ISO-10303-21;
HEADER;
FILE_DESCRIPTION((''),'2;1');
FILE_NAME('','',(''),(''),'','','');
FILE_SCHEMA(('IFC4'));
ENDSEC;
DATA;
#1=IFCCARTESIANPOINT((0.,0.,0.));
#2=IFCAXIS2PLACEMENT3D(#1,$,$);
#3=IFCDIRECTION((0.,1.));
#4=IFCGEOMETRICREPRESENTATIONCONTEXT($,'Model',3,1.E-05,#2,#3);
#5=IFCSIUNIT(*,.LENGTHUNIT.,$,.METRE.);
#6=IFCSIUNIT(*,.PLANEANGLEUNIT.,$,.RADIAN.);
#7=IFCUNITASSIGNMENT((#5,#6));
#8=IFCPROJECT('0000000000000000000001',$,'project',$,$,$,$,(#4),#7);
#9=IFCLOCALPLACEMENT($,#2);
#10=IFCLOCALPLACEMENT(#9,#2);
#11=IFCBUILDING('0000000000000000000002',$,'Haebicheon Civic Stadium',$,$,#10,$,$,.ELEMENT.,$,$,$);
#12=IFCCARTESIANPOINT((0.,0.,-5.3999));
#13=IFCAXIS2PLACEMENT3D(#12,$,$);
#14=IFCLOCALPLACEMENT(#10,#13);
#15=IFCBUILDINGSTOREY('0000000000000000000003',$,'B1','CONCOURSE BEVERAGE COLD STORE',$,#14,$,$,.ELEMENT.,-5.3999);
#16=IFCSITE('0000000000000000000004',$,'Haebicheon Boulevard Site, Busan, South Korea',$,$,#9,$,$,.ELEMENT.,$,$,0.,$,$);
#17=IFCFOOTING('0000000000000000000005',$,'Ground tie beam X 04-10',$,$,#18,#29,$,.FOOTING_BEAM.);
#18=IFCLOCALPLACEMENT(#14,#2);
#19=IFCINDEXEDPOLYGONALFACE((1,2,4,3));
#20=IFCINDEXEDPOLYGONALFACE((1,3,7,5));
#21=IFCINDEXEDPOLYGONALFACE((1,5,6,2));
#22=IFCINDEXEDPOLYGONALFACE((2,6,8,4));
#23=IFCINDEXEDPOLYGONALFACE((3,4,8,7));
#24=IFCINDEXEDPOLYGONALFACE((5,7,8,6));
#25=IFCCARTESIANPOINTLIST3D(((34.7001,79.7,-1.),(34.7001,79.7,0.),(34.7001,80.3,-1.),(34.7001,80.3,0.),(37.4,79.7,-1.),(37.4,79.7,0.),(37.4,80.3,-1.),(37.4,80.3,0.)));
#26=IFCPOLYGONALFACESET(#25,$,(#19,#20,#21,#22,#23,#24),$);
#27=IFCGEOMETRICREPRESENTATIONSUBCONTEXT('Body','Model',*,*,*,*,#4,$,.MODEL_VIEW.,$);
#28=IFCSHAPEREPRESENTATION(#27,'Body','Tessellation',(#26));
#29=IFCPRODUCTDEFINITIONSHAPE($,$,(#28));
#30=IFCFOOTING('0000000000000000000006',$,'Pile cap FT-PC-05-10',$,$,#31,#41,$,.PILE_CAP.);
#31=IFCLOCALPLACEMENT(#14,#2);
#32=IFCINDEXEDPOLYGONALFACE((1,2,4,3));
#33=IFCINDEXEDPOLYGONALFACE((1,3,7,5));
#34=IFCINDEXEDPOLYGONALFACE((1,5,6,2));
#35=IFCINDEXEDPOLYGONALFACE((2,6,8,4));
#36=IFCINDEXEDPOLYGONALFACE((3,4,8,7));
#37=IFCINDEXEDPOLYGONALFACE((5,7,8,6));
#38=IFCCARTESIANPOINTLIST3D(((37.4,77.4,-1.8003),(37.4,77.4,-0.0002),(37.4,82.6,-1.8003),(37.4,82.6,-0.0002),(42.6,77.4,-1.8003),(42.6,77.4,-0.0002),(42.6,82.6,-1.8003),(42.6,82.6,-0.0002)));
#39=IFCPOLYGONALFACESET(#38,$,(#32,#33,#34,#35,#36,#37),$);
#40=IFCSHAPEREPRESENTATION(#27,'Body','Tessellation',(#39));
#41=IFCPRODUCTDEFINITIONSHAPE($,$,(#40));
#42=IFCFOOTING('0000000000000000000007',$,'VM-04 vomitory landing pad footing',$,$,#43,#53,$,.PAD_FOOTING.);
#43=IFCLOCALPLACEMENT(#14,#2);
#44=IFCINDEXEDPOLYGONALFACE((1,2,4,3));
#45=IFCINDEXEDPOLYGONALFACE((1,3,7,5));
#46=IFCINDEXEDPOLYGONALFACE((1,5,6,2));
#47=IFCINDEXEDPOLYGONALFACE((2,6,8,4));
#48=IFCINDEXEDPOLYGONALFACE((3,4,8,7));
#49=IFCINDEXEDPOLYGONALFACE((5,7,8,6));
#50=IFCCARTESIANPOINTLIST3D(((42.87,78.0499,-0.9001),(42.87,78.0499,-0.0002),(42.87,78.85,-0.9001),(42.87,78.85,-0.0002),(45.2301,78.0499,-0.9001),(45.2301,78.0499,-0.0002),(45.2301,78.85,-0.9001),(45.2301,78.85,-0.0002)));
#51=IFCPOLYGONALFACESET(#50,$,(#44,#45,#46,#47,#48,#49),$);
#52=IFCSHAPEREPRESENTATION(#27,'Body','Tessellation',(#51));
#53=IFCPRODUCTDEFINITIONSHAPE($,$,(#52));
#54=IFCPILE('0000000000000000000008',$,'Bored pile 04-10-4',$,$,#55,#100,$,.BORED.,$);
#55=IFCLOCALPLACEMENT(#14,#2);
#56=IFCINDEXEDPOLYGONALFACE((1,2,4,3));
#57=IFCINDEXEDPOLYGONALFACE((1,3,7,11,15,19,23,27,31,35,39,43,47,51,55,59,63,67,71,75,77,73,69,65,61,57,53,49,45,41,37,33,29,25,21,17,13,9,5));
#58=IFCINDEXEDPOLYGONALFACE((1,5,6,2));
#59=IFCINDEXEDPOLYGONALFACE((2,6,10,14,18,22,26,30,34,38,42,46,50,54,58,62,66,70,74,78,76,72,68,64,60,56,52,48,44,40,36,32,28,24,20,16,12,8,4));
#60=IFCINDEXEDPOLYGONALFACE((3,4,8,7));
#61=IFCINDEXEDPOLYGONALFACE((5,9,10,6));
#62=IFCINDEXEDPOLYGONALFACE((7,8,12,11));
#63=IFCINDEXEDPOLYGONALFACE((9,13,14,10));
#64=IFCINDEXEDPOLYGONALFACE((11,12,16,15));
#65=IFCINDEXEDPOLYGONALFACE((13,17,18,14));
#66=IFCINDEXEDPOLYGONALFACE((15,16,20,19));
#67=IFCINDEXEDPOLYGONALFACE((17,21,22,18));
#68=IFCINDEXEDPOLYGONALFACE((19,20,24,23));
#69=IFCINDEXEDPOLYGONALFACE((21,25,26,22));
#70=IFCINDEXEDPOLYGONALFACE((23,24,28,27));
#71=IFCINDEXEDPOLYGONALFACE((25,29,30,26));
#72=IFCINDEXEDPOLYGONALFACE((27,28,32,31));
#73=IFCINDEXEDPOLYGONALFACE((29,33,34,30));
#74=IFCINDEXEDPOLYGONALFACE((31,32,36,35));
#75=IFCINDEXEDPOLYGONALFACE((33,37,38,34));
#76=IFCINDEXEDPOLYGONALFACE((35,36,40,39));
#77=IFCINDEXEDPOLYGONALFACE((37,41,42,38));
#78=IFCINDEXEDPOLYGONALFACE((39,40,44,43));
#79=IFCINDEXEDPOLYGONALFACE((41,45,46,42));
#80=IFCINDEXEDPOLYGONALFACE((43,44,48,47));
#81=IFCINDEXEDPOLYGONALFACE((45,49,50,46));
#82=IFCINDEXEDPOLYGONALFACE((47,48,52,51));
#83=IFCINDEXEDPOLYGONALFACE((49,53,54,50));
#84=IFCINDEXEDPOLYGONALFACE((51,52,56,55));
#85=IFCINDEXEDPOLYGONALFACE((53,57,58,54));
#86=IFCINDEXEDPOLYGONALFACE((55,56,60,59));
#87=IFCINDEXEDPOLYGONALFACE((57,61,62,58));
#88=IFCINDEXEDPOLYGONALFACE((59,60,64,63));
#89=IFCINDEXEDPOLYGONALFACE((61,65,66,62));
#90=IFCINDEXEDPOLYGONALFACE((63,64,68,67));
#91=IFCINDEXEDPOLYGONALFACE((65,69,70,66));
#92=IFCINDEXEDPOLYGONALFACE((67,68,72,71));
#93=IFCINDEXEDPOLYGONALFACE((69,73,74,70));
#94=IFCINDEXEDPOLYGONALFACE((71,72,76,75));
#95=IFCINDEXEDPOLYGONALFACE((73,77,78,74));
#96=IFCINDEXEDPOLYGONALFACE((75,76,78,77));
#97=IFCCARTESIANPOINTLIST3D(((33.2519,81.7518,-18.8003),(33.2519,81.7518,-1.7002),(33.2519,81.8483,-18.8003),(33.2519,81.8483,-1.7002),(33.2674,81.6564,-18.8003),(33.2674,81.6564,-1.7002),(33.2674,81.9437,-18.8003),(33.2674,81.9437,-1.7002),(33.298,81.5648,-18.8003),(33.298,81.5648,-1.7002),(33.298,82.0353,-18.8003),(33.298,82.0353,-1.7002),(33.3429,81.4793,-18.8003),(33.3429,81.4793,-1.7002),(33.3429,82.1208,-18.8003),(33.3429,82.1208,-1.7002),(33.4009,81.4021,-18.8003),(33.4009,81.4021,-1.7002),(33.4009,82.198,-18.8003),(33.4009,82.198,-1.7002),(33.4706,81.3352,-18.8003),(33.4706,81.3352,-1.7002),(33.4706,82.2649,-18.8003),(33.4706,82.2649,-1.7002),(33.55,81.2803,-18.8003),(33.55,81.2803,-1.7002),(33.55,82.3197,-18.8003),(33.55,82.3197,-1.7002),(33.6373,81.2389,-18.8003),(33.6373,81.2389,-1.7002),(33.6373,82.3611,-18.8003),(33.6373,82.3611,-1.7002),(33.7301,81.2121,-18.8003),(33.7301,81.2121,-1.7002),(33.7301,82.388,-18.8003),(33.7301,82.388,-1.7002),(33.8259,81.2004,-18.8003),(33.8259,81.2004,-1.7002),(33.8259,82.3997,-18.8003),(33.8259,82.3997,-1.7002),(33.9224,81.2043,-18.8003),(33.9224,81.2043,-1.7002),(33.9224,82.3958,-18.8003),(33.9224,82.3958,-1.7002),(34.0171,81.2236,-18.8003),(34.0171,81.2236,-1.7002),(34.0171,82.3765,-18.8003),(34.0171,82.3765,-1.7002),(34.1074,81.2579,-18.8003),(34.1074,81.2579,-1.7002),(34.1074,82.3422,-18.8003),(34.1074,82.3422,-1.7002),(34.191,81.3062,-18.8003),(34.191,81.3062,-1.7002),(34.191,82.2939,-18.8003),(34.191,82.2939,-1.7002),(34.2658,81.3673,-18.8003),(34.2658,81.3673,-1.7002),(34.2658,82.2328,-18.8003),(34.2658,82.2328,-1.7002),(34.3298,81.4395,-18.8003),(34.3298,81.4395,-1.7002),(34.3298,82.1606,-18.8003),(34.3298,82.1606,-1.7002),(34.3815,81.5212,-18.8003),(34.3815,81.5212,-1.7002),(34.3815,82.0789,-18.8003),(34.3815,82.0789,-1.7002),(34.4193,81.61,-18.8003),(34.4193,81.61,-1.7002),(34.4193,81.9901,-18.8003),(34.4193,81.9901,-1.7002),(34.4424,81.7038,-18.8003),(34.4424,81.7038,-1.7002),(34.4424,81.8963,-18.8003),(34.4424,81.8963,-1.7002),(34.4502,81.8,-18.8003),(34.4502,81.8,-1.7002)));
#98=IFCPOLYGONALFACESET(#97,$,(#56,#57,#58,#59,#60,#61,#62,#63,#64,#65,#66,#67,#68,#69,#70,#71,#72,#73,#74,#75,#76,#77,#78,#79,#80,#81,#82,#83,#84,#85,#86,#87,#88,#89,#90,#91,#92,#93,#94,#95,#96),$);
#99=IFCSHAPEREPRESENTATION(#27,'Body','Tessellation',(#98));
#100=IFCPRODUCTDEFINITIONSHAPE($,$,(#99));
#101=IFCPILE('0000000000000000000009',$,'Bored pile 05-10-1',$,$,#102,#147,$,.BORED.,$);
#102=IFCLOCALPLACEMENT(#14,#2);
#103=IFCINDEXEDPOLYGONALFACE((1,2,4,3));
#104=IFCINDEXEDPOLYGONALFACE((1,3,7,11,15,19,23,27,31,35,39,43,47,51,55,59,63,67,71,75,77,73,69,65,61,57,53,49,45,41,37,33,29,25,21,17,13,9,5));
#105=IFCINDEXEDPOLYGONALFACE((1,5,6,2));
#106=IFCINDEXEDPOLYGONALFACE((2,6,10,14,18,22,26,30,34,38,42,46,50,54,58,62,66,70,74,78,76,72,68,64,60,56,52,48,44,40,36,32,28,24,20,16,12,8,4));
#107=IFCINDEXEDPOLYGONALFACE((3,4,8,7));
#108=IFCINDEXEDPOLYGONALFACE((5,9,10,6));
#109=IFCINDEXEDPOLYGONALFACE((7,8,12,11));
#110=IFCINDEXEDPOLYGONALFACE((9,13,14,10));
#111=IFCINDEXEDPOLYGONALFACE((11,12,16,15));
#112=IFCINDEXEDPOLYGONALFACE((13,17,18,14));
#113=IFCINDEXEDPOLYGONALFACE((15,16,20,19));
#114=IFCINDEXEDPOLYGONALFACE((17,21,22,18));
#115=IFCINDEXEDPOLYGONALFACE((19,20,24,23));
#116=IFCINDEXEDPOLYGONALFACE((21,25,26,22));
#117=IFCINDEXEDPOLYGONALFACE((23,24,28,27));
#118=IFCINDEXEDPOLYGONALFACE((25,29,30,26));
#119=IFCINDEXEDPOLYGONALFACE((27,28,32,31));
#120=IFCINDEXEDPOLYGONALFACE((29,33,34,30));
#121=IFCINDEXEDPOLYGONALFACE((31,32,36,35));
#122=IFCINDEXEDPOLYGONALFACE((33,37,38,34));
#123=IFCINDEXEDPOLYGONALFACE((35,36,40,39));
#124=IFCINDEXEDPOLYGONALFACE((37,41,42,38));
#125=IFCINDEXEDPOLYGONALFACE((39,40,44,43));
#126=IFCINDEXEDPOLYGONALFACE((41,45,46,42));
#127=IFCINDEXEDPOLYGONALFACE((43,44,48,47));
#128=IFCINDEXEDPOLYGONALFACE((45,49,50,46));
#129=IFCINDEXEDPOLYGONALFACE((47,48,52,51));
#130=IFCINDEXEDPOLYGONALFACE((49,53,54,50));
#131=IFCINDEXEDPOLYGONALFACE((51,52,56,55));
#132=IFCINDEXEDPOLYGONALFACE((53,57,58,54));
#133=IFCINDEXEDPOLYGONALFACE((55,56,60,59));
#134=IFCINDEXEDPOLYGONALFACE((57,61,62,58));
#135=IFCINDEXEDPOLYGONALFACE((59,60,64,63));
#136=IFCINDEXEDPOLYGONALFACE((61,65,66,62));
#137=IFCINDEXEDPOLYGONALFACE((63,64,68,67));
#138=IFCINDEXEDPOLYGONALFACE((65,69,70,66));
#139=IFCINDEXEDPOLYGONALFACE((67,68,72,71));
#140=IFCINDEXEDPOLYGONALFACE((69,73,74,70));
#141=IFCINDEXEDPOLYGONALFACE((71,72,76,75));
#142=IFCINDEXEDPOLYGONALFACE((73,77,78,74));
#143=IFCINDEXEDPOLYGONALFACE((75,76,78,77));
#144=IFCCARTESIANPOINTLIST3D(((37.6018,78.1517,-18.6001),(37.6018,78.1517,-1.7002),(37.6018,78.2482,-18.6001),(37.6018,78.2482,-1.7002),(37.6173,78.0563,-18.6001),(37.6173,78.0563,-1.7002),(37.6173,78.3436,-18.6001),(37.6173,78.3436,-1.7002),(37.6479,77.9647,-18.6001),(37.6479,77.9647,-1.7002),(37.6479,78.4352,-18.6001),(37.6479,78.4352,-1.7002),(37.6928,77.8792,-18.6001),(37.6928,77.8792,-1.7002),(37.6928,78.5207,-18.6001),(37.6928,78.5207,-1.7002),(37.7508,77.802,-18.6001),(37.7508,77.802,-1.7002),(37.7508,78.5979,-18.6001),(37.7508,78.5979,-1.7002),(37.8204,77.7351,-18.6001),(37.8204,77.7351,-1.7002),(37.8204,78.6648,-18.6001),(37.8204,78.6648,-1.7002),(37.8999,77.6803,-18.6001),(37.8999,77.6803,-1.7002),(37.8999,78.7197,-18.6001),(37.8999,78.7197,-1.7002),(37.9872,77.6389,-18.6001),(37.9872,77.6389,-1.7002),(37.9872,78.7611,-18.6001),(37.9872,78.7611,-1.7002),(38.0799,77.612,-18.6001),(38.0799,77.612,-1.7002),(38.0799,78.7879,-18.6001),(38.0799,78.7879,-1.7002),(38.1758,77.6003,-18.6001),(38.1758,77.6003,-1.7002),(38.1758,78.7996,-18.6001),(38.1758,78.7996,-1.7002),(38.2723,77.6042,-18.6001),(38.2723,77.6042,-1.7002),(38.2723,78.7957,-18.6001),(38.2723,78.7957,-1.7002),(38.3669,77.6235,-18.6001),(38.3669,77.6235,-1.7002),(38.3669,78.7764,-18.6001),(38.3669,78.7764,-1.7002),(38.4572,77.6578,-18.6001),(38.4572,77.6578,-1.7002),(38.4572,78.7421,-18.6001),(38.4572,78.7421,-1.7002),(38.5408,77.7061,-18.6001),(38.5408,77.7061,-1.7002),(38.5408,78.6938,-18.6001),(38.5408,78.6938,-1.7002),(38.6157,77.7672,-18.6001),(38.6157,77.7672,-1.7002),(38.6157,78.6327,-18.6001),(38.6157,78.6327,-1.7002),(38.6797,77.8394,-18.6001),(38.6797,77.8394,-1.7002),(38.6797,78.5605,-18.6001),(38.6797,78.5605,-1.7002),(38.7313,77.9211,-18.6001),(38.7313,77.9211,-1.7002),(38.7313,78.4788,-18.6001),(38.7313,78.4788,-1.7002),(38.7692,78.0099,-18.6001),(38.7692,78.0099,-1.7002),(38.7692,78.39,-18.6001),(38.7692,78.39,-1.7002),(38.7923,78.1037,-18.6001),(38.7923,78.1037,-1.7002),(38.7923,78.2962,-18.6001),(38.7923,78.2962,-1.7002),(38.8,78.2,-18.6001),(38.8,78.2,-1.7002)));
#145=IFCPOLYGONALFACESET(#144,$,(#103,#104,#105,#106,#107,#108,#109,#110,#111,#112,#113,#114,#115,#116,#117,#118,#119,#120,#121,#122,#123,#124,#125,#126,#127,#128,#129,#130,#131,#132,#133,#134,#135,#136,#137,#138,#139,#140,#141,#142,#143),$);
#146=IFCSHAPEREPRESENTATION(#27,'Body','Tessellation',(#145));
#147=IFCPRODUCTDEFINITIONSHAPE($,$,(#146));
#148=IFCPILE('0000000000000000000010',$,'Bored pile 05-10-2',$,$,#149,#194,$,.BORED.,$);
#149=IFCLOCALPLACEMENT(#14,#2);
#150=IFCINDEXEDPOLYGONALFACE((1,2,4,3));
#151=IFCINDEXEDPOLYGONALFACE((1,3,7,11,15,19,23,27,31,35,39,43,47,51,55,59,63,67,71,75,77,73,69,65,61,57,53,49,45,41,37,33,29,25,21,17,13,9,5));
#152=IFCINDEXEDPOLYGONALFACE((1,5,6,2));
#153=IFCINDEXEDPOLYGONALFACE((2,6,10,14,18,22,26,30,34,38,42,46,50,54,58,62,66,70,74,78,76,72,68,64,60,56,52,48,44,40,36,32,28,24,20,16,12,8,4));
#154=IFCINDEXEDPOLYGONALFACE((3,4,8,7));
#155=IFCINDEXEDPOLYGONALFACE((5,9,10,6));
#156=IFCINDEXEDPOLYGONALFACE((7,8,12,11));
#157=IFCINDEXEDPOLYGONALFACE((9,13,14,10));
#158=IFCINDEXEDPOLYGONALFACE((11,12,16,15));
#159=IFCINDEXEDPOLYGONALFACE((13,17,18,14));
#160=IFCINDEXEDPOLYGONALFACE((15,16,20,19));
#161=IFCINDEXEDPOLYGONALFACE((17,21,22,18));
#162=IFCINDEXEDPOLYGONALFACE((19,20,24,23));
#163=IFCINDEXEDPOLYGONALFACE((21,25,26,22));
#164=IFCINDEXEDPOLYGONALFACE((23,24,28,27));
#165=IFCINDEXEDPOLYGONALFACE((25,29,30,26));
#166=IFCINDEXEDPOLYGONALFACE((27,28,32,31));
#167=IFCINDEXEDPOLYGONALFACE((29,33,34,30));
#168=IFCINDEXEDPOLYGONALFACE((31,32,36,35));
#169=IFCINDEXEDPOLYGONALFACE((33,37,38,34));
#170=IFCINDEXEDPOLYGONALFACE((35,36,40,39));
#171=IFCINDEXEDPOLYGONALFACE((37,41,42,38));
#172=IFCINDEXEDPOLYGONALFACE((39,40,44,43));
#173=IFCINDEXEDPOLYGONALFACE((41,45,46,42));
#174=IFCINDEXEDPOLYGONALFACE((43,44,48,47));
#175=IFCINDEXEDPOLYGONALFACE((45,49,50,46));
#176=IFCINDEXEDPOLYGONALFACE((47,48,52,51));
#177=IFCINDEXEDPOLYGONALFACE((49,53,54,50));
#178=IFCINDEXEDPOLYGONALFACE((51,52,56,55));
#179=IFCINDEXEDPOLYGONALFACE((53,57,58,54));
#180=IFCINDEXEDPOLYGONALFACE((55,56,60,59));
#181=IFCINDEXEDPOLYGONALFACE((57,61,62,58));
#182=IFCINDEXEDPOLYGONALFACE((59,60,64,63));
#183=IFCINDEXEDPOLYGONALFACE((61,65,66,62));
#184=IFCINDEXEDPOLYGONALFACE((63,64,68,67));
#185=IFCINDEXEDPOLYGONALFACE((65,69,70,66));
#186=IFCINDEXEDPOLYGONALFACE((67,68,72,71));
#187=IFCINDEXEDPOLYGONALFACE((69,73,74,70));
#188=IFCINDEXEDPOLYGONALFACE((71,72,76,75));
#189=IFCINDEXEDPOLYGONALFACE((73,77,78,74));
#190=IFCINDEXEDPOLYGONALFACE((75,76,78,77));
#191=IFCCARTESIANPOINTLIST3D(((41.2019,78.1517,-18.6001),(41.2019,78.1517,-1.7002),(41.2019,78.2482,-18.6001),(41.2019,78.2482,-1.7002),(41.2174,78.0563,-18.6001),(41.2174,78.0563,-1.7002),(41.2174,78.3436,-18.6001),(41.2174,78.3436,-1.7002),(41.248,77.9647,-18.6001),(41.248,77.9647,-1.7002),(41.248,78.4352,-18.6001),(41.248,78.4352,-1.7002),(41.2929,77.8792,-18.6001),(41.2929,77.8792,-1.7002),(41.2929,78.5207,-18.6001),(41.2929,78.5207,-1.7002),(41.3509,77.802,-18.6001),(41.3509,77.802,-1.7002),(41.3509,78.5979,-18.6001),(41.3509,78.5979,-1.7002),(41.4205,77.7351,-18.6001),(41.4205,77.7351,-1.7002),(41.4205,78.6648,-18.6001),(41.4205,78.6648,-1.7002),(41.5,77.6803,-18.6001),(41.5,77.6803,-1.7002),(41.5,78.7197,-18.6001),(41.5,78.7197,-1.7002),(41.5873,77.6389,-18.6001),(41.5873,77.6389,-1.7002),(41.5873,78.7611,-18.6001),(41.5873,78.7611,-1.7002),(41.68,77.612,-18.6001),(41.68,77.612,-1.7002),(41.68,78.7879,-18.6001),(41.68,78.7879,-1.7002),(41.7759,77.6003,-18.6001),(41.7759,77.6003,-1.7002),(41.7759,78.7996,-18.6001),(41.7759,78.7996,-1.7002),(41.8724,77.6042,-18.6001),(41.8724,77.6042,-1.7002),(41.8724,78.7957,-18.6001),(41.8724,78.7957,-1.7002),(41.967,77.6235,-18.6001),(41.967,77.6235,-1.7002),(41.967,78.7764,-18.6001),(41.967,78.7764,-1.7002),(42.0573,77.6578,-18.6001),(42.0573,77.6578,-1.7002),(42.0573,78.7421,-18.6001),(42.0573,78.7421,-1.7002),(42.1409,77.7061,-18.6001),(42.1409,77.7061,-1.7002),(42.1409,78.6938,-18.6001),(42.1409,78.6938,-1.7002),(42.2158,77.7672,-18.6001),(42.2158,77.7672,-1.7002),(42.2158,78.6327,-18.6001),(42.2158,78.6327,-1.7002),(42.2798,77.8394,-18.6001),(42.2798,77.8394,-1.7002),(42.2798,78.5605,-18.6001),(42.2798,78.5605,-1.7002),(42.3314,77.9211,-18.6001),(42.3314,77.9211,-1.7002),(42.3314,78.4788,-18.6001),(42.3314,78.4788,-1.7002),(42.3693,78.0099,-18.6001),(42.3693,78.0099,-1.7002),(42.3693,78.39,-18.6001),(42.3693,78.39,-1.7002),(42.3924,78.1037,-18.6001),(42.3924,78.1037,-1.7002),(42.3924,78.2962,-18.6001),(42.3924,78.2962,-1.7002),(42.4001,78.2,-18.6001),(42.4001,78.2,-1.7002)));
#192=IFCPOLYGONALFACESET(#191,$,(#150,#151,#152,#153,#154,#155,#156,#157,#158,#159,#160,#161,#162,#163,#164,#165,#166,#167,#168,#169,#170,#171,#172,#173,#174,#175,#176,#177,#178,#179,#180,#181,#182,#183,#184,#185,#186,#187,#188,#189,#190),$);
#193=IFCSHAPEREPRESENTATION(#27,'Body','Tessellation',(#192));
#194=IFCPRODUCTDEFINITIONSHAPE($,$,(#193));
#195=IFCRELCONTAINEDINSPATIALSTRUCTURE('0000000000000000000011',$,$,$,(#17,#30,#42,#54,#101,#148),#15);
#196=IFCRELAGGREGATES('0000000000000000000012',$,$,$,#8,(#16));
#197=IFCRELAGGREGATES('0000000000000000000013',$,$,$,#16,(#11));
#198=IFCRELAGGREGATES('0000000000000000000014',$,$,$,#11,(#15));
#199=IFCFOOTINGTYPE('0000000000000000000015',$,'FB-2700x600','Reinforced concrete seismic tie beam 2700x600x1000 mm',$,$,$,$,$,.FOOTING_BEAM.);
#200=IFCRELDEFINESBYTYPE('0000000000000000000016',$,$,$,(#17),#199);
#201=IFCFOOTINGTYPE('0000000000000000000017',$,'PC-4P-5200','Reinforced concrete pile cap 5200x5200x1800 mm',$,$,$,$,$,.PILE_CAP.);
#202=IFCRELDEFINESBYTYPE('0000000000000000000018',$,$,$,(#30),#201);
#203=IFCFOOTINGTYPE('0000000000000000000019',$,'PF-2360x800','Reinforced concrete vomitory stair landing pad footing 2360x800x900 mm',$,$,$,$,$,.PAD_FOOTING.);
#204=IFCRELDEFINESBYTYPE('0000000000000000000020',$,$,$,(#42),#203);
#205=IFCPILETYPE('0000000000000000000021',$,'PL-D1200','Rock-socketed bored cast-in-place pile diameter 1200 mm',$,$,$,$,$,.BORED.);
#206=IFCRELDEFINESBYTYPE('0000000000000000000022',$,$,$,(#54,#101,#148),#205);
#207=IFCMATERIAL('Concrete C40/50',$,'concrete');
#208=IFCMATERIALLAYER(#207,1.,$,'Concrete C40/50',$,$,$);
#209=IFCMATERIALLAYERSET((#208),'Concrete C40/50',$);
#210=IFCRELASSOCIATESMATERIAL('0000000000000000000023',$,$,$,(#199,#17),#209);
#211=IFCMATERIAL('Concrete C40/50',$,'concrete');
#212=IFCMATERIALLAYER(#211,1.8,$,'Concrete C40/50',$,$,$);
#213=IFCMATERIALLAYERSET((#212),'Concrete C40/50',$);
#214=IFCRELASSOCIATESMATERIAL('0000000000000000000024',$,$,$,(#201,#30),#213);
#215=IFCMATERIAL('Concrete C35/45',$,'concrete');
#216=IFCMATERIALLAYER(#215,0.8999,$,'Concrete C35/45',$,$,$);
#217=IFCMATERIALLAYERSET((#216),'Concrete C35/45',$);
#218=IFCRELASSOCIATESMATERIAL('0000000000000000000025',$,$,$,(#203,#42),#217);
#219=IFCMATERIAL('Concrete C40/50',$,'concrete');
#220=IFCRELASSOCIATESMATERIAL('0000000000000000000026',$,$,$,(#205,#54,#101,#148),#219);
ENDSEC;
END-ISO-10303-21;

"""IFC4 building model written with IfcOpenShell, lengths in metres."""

from ifc_helpers import new_model, si_unit, direction, frame, origin, origin_2d, place, context, subcontext, project, spatial, rectangle, circle, extrude, material, layer, layer_set, material_profile, profile_set, type_object, element, save


model = new_model("IFC4")

# Units and contexts
model_context = context("Model", 3, precision=1e-05, world=origin(), true_north=direction((0.0, 1.0)))
body_context = subcontext(model_context, "Body", "Model", "MODEL_VIEW")
ifc_project = project(units=[si_unit("LENGTHUNIT", "METRE"), si_unit("PLANEANGLEUNIT", "RADIAN")], contexts=[model_context])

# Site, building, storey
site_placement = place(None, origin())
site = spatial("IfcSite", under=ifc_project, at=site_placement, Name="Haebicheon Boulevard Site, Busan, South Korea", CompositionType="ELEMENT", RefElevation=0.0)
building_placement = place(site_placement, origin())
building = spatial("IfcBuilding", under=site, at=building_placement, Name="Haebicheon Civic Stadium", CompositionType="ELEMENT")
storey_placement = place(building_placement, frame((0.0, 0.0, -5.3999)))
storey = spatial("IfcBuildingStorey", under=building, at=storey_placement, Name="B1", Description="CONCOURSE BEVERAGE COLD STORE", CompositionType="ELEMENT", Elevation=-5.3999)

# Footings
ifc_material_1 = material(Name="Concrete C40/50", Category="concrete")
ifc_layer_1 = layer(ifc_material_1, 1.0, Name="Concrete C40/50")
ifc_layer_set_1 = layer_set([ifc_layer_1], Name="Concrete C40/50")
footing_type_1 = type_object("IfcFootingType", Name="FB-2700x600", Description="Reinforced concrete seismic tie beam 2700x600x1000 mm", PredefinedType="FOOTING_BEAM", material=ifc_layer_set_1)
footing_1_placement = place(storey_placement, frame((36.05, 80.0, -1.0), z_axis=(0.0, 0.0, 1.0), x_axis=(1.0, 0.0, 0.0)))
element("IfcFooting", 1, at=footing_1_placement, inside=storey, type_object=footing_type_1, material=ifc_layer_set_1, Name="Ground tie beam X 04-10", PredefinedType="FOOTING_BEAM", context=body_context, shape_type="SweptSolid", body=[
    extrude(rectangle(XDim=2.7, YDim=0.6001, at=origin_2d()), origin(), (0.0, 0.0, 1.0), 1.0),
])
ifc_material_2 = material(Name="Concrete C40/50", Category="concrete")
ifc_layer_2 = layer(ifc_material_2, 1.8, Name="Concrete C40/50")
ifc_layer_set_2 = layer_set([ifc_layer_2], Name="Concrete C40/50")
footing_type_2 = type_object("IfcFootingType", Name="PC-4P-5200", Description="Reinforced concrete pile cap 5200x5200x1800 mm", PredefinedType="PILE_CAP", material=ifc_layer_set_2)
footing_2_placement = place(storey_placement, frame((40.0, 80.0, -1.8003), z_axis=(0.0, 0.0, 1.0), x_axis=(1.0, 0.0, 0.0)))
element("IfcFooting", 2, at=footing_2_placement, inside=storey, type_object=footing_type_2, material=ifc_layer_set_2, Name="Pile cap FT-PC-05-10", PredefinedType="PILE_CAP", context=body_context, shape_type="SweptSolid", body=[
    extrude(rectangle(XDim=5.2, YDim=5.2, at=origin_2d()), origin(), (0.0, 0.0, 1.0), 1.8),
])
ifc_material_3 = material(Name="Concrete C35/45", Category="concrete")
ifc_layer_3 = layer(ifc_material_3, 0.8999, Name="Concrete C35/45")
ifc_layer_set_3 = layer_set([ifc_layer_3], Name="Concrete C35/45")
footing_type_3 = type_object("IfcFootingType", Name="PF-2360x800", Description="Reinforced concrete vomitory stair landing pad footing 2360x800x900 mm", PredefinedType="PAD_FOOTING", material=ifc_layer_set_3)
footing_3_placement = place(storey_placement, frame((44.05, 78.45, -0.9001), z_axis=(0.0, 0.0, 1.0), x_axis=(1.0, 0.0, 0.0)))
element("IfcFooting", 3, at=footing_3_placement, inside=storey, type_object=footing_type_3, material=ifc_layer_set_3, Name="VM-04 vomitory landing pad footing", PredefinedType="PAD_FOOTING", context=body_context, shape_type="SweptSolid", body=[
    extrude(rectangle(XDim=2.3601, YDim=0.8, at=origin_2d()), origin(), (0.0, 0.0, 1.0), 0.8999),
])

# Piles
ifc_material_4 = material(Name="Concrete C40/50", Category="concrete")
ifc_material_profile_1 = material_profile(ifc_material_4, circle(Radius=0.6001, at=origin_2d()), Name="PILE-D1200")
ifc_profile_set_1 = profile_set([ifc_material_profile_1], Name="Concrete C40/50")
pile_type = type_object("IfcPileType", Name="PL-D1200", Description="Rock-socketed bored cast-in-place pile diameter 1200 mm", PredefinedType="BORED", material=ifc_profile_set_1)
pile_placement = place(storey_placement, frame((33.8501, 81.8, -1.7002), z_axis=(0.0, 0.0, -1.0), x_axis=(1.0, 0.0, 0.0)))
element("IfcPile", 4, at=pile_placement, inside=storey, type_object=pile_type, material=ifc_profile_set_1, Name="Bored pile 04-10-4", PredefinedType="BORED", context=body_context, shape_type="SweptSolid", body=[
    extrude(circle(Radius=0.6001, at=origin_2d()), origin(), (0.0, 0.0, 1.0), 17.1001),
])
for number, where, z_axis, x_axis, name in (
    (5, (38.2, 78.2, -1.7002), (0.0, 0.0, -1.0), (1.0, 0.0, 0.0), "Bored pile 05-10-1"),
    (6, (41.8, 78.2, -1.7002), (0.0, 0.0, -1.0), (1.0, 0.0, 0.0), "Bored pile 05-10-2"),
):
    element("IfcPile", number, at=place(storey_placement, frame(where, z_axis=z_axis, x_axis=x_axis)), inside=storey, type_object=pile_type, material=ifc_profile_set_1, Name=name, PredefinedType="BORED", context=body_context, shape_type="SweptSolid", body=[
        extrude(circle(Radius=0.6001, at=origin_2d()), origin(), (0.0, 0.0, 1.0), 16.8999),
    ])

save(model, "model.ifc")
